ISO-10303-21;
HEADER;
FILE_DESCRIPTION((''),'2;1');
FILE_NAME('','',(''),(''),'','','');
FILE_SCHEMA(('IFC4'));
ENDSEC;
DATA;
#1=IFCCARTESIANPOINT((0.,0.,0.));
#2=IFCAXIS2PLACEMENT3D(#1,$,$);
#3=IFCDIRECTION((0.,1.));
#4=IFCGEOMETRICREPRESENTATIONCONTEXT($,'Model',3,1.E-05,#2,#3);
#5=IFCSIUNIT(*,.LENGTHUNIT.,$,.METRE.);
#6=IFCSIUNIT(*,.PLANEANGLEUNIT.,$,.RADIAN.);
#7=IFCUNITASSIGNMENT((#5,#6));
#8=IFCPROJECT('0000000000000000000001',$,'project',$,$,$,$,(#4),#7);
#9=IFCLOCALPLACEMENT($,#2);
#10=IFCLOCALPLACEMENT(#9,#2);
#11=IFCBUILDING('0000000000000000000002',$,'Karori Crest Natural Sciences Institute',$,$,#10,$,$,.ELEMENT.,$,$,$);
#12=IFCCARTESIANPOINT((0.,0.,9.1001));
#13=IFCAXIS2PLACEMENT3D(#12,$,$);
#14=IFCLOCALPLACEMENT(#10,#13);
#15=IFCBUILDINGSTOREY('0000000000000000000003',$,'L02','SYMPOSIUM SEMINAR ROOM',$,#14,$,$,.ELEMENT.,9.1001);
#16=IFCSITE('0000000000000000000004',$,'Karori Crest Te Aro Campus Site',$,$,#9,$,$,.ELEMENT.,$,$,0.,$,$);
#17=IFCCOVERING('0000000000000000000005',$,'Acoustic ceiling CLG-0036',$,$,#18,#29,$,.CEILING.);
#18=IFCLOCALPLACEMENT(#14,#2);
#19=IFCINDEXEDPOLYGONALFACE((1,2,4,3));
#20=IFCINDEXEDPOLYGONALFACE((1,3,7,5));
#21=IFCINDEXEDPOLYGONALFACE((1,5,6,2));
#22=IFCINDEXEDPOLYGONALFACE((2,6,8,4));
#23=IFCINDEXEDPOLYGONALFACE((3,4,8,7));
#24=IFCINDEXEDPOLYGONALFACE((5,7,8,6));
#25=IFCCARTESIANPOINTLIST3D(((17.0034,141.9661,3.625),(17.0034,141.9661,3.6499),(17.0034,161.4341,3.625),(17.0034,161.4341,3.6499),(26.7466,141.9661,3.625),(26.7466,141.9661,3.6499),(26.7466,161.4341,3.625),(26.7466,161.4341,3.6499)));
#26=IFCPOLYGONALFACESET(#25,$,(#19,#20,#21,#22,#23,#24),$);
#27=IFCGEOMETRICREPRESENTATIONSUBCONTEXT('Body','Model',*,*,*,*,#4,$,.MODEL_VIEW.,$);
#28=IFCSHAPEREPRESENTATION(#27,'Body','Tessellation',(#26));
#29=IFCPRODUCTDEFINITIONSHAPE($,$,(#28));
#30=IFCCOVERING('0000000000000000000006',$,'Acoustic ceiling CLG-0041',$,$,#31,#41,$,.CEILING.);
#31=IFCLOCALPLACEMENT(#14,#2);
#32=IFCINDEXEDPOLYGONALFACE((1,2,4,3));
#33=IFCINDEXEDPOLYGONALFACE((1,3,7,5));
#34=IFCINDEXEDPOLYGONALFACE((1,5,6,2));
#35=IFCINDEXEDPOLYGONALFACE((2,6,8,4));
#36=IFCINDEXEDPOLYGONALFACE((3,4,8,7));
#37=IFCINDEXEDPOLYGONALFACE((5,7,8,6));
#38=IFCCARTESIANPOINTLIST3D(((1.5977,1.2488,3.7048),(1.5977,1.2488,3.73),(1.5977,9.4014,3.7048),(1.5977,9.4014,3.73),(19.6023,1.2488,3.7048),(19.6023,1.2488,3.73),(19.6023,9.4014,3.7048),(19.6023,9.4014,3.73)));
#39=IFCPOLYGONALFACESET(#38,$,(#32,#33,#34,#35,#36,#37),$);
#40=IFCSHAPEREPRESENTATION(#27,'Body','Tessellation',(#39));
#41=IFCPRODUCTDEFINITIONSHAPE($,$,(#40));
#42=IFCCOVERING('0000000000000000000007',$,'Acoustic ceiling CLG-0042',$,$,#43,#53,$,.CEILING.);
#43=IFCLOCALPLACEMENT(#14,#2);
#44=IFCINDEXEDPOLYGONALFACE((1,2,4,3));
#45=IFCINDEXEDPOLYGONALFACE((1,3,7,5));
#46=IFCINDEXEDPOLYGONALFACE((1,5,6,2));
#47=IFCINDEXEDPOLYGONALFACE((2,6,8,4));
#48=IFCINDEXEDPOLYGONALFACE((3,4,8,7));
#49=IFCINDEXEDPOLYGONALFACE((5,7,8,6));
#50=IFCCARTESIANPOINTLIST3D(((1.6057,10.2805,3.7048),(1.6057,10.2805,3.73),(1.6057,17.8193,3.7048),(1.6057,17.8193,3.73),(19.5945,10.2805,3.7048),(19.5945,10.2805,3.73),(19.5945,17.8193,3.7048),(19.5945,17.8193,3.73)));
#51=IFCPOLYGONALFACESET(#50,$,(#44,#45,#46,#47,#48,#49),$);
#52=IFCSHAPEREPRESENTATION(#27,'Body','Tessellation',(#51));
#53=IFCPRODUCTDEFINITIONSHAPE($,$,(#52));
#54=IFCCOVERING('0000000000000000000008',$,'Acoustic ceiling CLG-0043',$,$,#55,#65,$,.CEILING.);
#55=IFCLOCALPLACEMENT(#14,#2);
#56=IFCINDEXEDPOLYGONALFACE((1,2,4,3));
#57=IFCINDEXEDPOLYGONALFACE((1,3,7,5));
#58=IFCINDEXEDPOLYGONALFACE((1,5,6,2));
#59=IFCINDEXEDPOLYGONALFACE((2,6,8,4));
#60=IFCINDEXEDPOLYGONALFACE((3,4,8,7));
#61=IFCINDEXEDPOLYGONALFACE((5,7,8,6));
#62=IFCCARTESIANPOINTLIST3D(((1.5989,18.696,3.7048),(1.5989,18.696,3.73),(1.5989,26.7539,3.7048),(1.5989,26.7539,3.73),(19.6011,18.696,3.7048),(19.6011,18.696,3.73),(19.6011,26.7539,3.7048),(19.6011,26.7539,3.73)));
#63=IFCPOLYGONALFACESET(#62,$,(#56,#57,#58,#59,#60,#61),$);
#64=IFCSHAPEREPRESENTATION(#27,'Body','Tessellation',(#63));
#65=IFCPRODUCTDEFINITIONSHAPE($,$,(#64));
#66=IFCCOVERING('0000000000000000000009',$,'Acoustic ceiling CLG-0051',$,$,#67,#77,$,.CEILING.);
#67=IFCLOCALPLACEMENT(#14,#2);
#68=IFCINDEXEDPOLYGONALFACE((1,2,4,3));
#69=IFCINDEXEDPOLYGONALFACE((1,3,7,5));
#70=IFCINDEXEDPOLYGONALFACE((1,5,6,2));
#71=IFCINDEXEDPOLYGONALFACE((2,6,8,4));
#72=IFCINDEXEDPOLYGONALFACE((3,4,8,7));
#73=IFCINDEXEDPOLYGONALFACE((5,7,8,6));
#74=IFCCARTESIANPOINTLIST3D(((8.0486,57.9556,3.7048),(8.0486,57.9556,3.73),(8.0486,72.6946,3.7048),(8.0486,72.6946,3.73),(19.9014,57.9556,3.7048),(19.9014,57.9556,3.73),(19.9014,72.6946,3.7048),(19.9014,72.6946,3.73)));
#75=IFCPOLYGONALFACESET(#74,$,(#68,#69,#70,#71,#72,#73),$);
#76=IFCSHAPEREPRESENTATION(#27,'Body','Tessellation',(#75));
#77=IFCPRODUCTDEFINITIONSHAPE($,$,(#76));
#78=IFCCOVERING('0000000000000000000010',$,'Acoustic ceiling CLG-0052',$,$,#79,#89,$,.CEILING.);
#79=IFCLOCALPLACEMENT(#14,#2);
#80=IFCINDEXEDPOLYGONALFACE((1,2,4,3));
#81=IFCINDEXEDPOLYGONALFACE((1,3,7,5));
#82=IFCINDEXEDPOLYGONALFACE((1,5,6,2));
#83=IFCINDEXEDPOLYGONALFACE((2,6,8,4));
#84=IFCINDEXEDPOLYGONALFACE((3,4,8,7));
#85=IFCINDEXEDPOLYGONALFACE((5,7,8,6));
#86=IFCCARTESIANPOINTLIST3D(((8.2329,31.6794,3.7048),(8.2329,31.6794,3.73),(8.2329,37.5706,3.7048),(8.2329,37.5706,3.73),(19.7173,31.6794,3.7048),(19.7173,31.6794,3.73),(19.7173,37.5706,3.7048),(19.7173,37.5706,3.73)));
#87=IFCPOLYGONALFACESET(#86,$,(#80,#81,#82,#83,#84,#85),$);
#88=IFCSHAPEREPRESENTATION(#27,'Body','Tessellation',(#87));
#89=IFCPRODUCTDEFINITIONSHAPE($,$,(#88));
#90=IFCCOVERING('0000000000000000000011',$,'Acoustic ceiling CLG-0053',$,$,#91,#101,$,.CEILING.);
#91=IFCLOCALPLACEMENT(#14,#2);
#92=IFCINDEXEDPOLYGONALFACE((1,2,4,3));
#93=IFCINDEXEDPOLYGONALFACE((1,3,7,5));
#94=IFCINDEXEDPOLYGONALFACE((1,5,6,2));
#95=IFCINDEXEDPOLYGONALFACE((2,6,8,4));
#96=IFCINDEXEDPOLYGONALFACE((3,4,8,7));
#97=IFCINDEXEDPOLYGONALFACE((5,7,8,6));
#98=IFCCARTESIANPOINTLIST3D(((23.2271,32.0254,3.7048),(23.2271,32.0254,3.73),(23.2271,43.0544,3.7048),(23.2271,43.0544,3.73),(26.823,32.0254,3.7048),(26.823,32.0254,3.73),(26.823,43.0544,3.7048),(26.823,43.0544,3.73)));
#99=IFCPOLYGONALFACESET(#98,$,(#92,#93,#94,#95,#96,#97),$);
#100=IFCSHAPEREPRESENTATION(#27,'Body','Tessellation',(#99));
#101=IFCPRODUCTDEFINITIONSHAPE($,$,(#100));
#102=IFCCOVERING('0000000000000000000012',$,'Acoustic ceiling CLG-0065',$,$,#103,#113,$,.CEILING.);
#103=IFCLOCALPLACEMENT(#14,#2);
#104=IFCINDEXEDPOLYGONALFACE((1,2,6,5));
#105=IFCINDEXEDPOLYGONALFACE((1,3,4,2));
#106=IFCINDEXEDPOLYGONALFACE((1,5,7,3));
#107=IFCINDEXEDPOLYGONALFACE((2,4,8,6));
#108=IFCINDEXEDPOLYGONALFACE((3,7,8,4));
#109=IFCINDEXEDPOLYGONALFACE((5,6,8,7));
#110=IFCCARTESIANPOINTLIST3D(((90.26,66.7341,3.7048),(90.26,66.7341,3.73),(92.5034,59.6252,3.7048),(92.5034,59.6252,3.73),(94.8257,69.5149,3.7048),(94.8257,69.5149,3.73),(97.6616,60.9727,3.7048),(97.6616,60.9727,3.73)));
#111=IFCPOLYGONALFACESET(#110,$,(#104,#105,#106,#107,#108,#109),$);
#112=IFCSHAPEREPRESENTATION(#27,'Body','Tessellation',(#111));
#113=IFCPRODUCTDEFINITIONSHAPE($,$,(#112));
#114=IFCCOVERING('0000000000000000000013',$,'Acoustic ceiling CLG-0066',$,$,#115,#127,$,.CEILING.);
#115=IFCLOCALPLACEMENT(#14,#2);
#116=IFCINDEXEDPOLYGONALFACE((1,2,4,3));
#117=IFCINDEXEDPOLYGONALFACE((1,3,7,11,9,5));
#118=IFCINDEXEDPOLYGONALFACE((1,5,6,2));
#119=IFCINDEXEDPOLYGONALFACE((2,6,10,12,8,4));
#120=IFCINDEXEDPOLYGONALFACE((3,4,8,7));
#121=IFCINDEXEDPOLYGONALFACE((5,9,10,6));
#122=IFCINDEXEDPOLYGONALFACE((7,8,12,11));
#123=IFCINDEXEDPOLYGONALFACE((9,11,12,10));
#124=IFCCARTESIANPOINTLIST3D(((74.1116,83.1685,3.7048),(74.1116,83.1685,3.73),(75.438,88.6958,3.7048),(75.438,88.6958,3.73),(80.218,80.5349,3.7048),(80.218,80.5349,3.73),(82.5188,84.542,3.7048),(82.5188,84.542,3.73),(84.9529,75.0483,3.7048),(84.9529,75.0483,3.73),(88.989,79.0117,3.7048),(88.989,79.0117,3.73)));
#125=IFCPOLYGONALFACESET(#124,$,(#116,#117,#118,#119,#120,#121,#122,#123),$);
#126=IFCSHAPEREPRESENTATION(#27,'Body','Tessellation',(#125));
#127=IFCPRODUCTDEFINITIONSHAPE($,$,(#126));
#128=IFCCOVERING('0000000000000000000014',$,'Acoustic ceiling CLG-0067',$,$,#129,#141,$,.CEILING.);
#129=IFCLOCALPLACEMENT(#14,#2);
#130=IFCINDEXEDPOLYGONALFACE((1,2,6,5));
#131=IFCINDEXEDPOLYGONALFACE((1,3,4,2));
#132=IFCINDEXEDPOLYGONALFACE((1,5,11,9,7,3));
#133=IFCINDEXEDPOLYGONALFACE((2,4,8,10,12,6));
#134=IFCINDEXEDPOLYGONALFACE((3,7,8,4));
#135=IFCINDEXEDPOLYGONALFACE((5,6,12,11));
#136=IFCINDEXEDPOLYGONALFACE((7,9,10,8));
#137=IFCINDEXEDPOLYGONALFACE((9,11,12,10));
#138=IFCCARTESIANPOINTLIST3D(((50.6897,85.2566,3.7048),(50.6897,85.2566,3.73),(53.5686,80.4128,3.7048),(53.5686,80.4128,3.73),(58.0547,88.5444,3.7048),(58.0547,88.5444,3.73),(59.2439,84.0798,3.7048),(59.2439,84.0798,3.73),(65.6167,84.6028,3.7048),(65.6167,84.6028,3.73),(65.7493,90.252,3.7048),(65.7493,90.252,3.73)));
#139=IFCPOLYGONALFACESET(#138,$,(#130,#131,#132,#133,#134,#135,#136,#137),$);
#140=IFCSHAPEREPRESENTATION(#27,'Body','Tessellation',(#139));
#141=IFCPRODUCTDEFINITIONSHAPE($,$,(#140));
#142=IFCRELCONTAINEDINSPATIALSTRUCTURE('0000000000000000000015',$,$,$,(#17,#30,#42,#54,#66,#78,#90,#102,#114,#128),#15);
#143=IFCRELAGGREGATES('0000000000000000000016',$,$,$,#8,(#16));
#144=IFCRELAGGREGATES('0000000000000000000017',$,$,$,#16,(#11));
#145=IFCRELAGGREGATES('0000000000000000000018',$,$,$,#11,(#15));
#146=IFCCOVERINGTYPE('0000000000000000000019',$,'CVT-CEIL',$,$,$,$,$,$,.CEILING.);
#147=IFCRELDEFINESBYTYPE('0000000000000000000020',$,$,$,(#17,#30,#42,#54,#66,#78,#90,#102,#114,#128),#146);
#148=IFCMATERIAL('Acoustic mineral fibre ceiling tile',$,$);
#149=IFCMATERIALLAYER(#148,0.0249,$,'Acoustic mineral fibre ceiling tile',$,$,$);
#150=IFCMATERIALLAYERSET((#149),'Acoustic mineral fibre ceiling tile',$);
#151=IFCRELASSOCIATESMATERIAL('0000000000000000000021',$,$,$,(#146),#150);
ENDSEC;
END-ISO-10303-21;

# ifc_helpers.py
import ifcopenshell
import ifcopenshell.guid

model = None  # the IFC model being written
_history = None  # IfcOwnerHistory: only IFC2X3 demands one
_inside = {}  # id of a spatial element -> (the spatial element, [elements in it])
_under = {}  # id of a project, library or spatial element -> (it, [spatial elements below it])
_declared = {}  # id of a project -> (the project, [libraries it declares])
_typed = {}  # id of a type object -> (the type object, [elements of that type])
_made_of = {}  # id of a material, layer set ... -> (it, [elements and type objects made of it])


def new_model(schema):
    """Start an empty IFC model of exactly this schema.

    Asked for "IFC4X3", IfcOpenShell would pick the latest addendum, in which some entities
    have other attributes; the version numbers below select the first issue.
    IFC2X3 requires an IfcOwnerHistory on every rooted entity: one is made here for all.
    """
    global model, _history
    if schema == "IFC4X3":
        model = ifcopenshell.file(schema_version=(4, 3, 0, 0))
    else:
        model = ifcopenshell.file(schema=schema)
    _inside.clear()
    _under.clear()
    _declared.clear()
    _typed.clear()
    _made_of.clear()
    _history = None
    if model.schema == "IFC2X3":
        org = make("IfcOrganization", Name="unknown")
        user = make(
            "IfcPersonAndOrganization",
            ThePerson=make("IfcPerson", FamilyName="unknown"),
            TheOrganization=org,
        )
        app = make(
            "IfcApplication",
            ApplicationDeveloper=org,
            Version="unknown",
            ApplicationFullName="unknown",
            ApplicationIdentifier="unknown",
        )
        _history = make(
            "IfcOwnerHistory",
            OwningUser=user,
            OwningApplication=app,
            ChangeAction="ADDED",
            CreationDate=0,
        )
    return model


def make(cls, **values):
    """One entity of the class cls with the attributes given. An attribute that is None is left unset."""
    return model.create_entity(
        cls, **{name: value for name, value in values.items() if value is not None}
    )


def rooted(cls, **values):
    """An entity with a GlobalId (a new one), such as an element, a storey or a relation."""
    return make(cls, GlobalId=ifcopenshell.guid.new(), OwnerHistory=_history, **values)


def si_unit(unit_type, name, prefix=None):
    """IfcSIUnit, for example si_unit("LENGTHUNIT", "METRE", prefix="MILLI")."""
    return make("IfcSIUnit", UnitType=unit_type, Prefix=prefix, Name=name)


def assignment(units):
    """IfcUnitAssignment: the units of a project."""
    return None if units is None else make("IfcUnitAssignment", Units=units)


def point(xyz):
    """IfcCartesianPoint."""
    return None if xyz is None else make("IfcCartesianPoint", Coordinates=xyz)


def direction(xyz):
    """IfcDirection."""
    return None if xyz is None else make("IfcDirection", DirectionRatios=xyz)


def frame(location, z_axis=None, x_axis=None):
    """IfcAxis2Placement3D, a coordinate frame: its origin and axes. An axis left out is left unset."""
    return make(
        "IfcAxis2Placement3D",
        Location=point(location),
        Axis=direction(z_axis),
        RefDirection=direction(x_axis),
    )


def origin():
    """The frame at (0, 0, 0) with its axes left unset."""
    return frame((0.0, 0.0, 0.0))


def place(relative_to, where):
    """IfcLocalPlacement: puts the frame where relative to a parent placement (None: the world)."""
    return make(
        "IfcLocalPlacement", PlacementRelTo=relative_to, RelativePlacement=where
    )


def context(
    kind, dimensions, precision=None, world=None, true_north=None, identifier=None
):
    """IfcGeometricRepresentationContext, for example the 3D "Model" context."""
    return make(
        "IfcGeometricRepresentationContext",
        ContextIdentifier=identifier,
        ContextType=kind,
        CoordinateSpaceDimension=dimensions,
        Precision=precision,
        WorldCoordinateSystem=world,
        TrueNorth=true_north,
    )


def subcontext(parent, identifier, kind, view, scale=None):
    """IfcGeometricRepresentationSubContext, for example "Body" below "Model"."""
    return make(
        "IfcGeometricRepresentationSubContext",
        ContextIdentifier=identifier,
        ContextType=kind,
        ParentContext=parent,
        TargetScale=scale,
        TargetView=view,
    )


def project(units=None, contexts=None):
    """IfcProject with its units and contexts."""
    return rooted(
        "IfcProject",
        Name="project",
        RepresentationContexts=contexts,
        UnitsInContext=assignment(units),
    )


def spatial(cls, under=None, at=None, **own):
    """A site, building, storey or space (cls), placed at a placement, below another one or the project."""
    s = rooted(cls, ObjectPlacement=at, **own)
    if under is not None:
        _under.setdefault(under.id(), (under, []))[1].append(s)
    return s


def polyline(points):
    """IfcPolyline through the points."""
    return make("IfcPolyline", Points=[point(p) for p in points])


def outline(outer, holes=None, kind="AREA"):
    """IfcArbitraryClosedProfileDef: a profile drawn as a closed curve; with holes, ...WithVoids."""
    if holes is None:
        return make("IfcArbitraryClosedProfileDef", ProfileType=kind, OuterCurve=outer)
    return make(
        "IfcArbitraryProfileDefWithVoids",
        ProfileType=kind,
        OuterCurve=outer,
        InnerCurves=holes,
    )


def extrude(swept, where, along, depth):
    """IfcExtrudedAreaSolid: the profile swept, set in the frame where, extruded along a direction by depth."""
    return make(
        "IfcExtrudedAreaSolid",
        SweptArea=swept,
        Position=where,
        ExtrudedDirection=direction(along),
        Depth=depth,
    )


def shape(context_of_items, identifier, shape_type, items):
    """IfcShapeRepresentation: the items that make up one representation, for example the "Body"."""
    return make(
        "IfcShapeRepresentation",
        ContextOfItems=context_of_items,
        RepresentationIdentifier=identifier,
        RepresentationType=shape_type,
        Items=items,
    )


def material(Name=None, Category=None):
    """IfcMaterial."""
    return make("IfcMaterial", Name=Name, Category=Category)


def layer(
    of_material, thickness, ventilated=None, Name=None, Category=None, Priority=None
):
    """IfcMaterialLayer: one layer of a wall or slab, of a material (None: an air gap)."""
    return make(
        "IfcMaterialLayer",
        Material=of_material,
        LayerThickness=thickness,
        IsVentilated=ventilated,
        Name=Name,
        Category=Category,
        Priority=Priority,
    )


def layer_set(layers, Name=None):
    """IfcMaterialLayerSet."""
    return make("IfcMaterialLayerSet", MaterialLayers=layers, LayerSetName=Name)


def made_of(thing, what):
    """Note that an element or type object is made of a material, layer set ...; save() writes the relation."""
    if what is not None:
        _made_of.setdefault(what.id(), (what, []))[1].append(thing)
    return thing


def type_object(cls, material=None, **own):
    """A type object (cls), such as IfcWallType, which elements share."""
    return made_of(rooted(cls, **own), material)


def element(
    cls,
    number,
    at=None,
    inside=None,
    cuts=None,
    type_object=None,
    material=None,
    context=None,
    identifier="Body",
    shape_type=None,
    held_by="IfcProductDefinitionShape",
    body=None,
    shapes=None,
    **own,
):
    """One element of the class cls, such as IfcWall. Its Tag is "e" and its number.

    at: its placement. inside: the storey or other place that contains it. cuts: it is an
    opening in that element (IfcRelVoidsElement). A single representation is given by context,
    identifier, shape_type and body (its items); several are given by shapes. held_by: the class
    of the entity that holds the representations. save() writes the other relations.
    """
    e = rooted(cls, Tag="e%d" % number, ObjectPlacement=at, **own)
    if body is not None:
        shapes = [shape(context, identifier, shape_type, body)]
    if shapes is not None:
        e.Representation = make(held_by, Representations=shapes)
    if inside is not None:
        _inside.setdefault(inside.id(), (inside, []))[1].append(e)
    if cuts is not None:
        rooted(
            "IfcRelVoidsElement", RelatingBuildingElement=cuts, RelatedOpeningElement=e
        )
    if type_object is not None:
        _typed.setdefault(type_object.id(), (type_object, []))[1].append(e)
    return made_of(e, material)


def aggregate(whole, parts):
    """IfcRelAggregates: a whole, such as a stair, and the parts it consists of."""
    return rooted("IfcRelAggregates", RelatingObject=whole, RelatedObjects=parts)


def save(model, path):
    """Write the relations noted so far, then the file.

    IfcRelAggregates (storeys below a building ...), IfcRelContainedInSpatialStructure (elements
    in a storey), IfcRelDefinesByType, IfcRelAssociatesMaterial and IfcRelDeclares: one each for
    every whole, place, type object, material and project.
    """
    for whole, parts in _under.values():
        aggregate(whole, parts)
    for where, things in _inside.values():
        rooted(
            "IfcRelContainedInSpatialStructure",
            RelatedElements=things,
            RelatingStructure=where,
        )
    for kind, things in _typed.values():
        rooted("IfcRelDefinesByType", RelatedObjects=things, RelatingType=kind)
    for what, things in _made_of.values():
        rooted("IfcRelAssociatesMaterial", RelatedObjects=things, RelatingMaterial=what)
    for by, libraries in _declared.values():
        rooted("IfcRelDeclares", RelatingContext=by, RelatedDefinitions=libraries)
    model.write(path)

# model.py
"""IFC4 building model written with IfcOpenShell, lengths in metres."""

from ifc_helpers import new_model, si_unit, direction, frame, origin, place, context, subcontext, project, spatial, polyline, outline, extrude, material, layer, layer_set, type_object, element, save


model = new_model("IFC4")

# Units and contexts
model_context = context("Model", 3, precision=1e-05, world=origin(), true_north=direction((0.0, 1.0)))
body_context = subcontext(model_context, "Body", "Model", "MODEL_VIEW")
ifc_project = project(units=[si_unit("LENGTHUNIT", "METRE"), si_unit("PLANEANGLEUNIT", "RADIAN")], contexts=[model_context])

# Site, building, storey
site_placement = place(None, origin())
site = spatial("IfcSite", under=ifc_project, at=site_placement, Name="Karori Crest Te Aro Campus Site", CompositionType="ELEMENT", RefElevation=0.0)
building_placement = place(site_placement, origin())
building = spatial("IfcBuilding", under=site, at=building_placement, Name="Karori Crest Natural Sciences Institute", CompositionType="ELEMENT")
storey_placement = place(building_placement, frame((0.0, 0.0, 9.1001)))
storey = spatial("IfcBuildingStorey", under=building, at=storey_placement, Name="L02", Description="SYMPOSIUM SEMINAR ROOM", CompositionType="ELEMENT", Elevation=9.1001)

# Coverings
ifc_material_1 = material(Name="Acoustic mineral fibre ceiling tile")
ifc_layer_1 = layer(ifc_material_1, 0.0249, Name="Acoustic mineral fibre ceiling tile")
ifc_layer_set_1 = layer_set([ifc_layer_1], Name="Acoustic mineral fibre ceiling tile")
covering_type = type_object("IfcCoveringType", Name="CVT-CEIL", PredefinedType="CEILING", material=ifc_layer_set_1)
covering_1_placement = place(storey_placement, frame((0.0, 0.0, 3.625)))
element("IfcCovering", 1, at=covering_1_placement, inside=storey, type_object=covering_type, Name="Acoustic ceiling CLG-0036", PredefinedType="CEILING", context=body_context, shape_type="SweptSolid", body=[
    extrude(outline(polyline([(17.0034, 161.4341), (17.0034, 141.9661), (26.7466, 141.9661), (26.7466, 161.4341), (17.0034, 161.4341)])), origin(), (0.0, 0.0, 1.0), 0.0249),
])
covering_2_placement = place(storey_placement, frame((0.0, 0.0, 3.7048)))
element("IfcCovering", 2, at=covering_2_placement, inside=storey, type_object=covering_type, Name="Acoustic ceiling CLG-0041", PredefinedType="CEILING", context=body_context, shape_type="SweptSolid", body=[
    extrude(outline(polyline([(1.5977, 9.4014), (1.5977, 1.2488), (19.6023, 1.2488), (19.6023, 9.4014), (1.5977, 9.4014)])), origin(), (0.0, 0.0, 1.0), 0.0251),
])
covering_3_placement = place(storey_placement, frame((0.0, 0.0, 3.7048)))
element("IfcCovering", 3, at=covering_3_placement, inside=storey, type_object=covering_type, Name="Acoustic ceiling CLG-0042", PredefinedType="CEILING", context=body_context, shape_type="SweptSolid", body=[
    extrude(outline(polyline([(1.6057, 17.8193), (1.6057, 10.2805), (19.5945, 10.2805), (19.5945, 17.8193), (1.6057, 17.8193)])), origin(), (0.0, 0.0, 1.0), 0.0251),
])
covering_4_placement = place(storey_placement, frame((0.0, 0.0, 3.7048)))
element("IfcCovering", 4, at=covering_4_placement, inside=storey, type_object=covering_type, Name="Acoustic ceiling CLG-0043", PredefinedType="CEILING", context=body_context, shape_type="SweptSolid", body=[
    extrude(outline(polyline([(1.5989, 26.7539), (1.5989, 18.696), (19.6011, 18.696), (19.6011, 26.7539), (1.5989, 26.7539)])), origin(), (0.0, 0.0, 1.0), 0.0251),
])
covering_5_placement = place(storey_placement, frame((0.0, 0.0, 3.7048)))
element("IfcCovering", 5, at=covering_5_placement, inside=storey, type_object=covering_type, Name="Acoustic ceiling CLG-0051", PredefinedType="CEILING", context=body_context, shape_type="SweptSolid", body=[
    extrude(outline(polyline([(8.0486, 72.6946), (8.0486, 57.9556), (19.9014, 57.9556), (19.9014, 72.6946), (8.0486, 72.6946)])), origin(), (0.0, 0.0, 1.0), 0.0251),
])
covering_6_placement = place(storey_placement, frame((0.0, 0.0, 3.7048)))
element("IfcCovering", 6, at=covering_6_placement, inside=storey, type_object=covering_type, Name="Acoustic ceiling CLG-0052", PredefinedType="CEILING", context=body_context, shape_type="SweptSolid", body=[
    extrude(outline(polyline([(8.2329, 37.5706), (8.2329, 31.6794), (19.7173, 31.6794), (19.7173, 37.5706), (8.2329, 37.5706)])), origin(), (0.0, 0.0, 1.0), 0.0251),
])
covering_7_placement = place(storey_placement, frame((0.0, 0.0, 3.7048)))
element("IfcCovering", 7, at=covering_7_placement, inside=storey, type_object=covering_type, Name="Acoustic ceiling CLG-0053", PredefinedType="CEILING", context=body_context, shape_type="SweptSolid", body=[
    extrude(outline(polyline([(23.2271, 43.0544), (23.2271, 32.0254), (26.823, 32.0254), (26.823, 43.0544), (23.2271, 43.0544)])), origin(), (0.0, 0.0, 1.0), 0.0251),
])
covering_8_placement = place(storey_placement, frame((0.0, 0.0, 3.7048)))
element("IfcCovering", 8, at=covering_8_placement, inside=storey, type_object=covering_type, Name="Acoustic ceiling CLG-0065", PredefinedType="CEILING", context=body_context, shape_type="SweptSolid", body=[
    extrude(outline(polyline([(90.26, 66.7341), (92.5034, 59.6252), (97.6616, 60.9727), (94.8257, 69.5149), (90.26, 66.7341)])), origin(), (0.0, 0.0, 1.0), 0.0251),
])
covering_9_placement = place(storey_placement, frame((0.0, 0.0, 3.7048)))
element("IfcCovering", 9, at=covering_9_placement, inside=storey, type_object=covering_type, Name="Acoustic ceiling CLG-0066", PredefinedType="CEILING", context=body_context, shape_type="SweptSolid", body=[
    extrude(outline(polyline([(80.218, 80.5349), (84.9529, 75.0483), (88.989, 79.0117), (82.5188, 84.542), (75.438, 88.6958), (74.1116, 83.1685), (80.218, 80.5349)])), origin(), (0.0, 0.0, 1.0), 0.0251),
])
covering_10_placement = place(storey_placement, frame((0.0, 0.0, 3.7048)))
element("IfcCovering", 10, at=covering_10_placement, inside=storey, type_object=covering_type, Name="Acoustic ceiling CLG-0067", PredefinedType="CEILING", context=body_context, shape_type="SweptSolid", body=[
    extrude(outline(polyline([(59.2439, 84.0798), (65.6167, 84.6028), (65.7493, 90.252), (58.0547, 88.5444), (50.6897, 85.2566), (53.5686, 80.4128), (59.2439, 84.0798)])), origin(), (0.0, 0.0, 1.0), 0.0251),
])

save(model, "model.ifc")
